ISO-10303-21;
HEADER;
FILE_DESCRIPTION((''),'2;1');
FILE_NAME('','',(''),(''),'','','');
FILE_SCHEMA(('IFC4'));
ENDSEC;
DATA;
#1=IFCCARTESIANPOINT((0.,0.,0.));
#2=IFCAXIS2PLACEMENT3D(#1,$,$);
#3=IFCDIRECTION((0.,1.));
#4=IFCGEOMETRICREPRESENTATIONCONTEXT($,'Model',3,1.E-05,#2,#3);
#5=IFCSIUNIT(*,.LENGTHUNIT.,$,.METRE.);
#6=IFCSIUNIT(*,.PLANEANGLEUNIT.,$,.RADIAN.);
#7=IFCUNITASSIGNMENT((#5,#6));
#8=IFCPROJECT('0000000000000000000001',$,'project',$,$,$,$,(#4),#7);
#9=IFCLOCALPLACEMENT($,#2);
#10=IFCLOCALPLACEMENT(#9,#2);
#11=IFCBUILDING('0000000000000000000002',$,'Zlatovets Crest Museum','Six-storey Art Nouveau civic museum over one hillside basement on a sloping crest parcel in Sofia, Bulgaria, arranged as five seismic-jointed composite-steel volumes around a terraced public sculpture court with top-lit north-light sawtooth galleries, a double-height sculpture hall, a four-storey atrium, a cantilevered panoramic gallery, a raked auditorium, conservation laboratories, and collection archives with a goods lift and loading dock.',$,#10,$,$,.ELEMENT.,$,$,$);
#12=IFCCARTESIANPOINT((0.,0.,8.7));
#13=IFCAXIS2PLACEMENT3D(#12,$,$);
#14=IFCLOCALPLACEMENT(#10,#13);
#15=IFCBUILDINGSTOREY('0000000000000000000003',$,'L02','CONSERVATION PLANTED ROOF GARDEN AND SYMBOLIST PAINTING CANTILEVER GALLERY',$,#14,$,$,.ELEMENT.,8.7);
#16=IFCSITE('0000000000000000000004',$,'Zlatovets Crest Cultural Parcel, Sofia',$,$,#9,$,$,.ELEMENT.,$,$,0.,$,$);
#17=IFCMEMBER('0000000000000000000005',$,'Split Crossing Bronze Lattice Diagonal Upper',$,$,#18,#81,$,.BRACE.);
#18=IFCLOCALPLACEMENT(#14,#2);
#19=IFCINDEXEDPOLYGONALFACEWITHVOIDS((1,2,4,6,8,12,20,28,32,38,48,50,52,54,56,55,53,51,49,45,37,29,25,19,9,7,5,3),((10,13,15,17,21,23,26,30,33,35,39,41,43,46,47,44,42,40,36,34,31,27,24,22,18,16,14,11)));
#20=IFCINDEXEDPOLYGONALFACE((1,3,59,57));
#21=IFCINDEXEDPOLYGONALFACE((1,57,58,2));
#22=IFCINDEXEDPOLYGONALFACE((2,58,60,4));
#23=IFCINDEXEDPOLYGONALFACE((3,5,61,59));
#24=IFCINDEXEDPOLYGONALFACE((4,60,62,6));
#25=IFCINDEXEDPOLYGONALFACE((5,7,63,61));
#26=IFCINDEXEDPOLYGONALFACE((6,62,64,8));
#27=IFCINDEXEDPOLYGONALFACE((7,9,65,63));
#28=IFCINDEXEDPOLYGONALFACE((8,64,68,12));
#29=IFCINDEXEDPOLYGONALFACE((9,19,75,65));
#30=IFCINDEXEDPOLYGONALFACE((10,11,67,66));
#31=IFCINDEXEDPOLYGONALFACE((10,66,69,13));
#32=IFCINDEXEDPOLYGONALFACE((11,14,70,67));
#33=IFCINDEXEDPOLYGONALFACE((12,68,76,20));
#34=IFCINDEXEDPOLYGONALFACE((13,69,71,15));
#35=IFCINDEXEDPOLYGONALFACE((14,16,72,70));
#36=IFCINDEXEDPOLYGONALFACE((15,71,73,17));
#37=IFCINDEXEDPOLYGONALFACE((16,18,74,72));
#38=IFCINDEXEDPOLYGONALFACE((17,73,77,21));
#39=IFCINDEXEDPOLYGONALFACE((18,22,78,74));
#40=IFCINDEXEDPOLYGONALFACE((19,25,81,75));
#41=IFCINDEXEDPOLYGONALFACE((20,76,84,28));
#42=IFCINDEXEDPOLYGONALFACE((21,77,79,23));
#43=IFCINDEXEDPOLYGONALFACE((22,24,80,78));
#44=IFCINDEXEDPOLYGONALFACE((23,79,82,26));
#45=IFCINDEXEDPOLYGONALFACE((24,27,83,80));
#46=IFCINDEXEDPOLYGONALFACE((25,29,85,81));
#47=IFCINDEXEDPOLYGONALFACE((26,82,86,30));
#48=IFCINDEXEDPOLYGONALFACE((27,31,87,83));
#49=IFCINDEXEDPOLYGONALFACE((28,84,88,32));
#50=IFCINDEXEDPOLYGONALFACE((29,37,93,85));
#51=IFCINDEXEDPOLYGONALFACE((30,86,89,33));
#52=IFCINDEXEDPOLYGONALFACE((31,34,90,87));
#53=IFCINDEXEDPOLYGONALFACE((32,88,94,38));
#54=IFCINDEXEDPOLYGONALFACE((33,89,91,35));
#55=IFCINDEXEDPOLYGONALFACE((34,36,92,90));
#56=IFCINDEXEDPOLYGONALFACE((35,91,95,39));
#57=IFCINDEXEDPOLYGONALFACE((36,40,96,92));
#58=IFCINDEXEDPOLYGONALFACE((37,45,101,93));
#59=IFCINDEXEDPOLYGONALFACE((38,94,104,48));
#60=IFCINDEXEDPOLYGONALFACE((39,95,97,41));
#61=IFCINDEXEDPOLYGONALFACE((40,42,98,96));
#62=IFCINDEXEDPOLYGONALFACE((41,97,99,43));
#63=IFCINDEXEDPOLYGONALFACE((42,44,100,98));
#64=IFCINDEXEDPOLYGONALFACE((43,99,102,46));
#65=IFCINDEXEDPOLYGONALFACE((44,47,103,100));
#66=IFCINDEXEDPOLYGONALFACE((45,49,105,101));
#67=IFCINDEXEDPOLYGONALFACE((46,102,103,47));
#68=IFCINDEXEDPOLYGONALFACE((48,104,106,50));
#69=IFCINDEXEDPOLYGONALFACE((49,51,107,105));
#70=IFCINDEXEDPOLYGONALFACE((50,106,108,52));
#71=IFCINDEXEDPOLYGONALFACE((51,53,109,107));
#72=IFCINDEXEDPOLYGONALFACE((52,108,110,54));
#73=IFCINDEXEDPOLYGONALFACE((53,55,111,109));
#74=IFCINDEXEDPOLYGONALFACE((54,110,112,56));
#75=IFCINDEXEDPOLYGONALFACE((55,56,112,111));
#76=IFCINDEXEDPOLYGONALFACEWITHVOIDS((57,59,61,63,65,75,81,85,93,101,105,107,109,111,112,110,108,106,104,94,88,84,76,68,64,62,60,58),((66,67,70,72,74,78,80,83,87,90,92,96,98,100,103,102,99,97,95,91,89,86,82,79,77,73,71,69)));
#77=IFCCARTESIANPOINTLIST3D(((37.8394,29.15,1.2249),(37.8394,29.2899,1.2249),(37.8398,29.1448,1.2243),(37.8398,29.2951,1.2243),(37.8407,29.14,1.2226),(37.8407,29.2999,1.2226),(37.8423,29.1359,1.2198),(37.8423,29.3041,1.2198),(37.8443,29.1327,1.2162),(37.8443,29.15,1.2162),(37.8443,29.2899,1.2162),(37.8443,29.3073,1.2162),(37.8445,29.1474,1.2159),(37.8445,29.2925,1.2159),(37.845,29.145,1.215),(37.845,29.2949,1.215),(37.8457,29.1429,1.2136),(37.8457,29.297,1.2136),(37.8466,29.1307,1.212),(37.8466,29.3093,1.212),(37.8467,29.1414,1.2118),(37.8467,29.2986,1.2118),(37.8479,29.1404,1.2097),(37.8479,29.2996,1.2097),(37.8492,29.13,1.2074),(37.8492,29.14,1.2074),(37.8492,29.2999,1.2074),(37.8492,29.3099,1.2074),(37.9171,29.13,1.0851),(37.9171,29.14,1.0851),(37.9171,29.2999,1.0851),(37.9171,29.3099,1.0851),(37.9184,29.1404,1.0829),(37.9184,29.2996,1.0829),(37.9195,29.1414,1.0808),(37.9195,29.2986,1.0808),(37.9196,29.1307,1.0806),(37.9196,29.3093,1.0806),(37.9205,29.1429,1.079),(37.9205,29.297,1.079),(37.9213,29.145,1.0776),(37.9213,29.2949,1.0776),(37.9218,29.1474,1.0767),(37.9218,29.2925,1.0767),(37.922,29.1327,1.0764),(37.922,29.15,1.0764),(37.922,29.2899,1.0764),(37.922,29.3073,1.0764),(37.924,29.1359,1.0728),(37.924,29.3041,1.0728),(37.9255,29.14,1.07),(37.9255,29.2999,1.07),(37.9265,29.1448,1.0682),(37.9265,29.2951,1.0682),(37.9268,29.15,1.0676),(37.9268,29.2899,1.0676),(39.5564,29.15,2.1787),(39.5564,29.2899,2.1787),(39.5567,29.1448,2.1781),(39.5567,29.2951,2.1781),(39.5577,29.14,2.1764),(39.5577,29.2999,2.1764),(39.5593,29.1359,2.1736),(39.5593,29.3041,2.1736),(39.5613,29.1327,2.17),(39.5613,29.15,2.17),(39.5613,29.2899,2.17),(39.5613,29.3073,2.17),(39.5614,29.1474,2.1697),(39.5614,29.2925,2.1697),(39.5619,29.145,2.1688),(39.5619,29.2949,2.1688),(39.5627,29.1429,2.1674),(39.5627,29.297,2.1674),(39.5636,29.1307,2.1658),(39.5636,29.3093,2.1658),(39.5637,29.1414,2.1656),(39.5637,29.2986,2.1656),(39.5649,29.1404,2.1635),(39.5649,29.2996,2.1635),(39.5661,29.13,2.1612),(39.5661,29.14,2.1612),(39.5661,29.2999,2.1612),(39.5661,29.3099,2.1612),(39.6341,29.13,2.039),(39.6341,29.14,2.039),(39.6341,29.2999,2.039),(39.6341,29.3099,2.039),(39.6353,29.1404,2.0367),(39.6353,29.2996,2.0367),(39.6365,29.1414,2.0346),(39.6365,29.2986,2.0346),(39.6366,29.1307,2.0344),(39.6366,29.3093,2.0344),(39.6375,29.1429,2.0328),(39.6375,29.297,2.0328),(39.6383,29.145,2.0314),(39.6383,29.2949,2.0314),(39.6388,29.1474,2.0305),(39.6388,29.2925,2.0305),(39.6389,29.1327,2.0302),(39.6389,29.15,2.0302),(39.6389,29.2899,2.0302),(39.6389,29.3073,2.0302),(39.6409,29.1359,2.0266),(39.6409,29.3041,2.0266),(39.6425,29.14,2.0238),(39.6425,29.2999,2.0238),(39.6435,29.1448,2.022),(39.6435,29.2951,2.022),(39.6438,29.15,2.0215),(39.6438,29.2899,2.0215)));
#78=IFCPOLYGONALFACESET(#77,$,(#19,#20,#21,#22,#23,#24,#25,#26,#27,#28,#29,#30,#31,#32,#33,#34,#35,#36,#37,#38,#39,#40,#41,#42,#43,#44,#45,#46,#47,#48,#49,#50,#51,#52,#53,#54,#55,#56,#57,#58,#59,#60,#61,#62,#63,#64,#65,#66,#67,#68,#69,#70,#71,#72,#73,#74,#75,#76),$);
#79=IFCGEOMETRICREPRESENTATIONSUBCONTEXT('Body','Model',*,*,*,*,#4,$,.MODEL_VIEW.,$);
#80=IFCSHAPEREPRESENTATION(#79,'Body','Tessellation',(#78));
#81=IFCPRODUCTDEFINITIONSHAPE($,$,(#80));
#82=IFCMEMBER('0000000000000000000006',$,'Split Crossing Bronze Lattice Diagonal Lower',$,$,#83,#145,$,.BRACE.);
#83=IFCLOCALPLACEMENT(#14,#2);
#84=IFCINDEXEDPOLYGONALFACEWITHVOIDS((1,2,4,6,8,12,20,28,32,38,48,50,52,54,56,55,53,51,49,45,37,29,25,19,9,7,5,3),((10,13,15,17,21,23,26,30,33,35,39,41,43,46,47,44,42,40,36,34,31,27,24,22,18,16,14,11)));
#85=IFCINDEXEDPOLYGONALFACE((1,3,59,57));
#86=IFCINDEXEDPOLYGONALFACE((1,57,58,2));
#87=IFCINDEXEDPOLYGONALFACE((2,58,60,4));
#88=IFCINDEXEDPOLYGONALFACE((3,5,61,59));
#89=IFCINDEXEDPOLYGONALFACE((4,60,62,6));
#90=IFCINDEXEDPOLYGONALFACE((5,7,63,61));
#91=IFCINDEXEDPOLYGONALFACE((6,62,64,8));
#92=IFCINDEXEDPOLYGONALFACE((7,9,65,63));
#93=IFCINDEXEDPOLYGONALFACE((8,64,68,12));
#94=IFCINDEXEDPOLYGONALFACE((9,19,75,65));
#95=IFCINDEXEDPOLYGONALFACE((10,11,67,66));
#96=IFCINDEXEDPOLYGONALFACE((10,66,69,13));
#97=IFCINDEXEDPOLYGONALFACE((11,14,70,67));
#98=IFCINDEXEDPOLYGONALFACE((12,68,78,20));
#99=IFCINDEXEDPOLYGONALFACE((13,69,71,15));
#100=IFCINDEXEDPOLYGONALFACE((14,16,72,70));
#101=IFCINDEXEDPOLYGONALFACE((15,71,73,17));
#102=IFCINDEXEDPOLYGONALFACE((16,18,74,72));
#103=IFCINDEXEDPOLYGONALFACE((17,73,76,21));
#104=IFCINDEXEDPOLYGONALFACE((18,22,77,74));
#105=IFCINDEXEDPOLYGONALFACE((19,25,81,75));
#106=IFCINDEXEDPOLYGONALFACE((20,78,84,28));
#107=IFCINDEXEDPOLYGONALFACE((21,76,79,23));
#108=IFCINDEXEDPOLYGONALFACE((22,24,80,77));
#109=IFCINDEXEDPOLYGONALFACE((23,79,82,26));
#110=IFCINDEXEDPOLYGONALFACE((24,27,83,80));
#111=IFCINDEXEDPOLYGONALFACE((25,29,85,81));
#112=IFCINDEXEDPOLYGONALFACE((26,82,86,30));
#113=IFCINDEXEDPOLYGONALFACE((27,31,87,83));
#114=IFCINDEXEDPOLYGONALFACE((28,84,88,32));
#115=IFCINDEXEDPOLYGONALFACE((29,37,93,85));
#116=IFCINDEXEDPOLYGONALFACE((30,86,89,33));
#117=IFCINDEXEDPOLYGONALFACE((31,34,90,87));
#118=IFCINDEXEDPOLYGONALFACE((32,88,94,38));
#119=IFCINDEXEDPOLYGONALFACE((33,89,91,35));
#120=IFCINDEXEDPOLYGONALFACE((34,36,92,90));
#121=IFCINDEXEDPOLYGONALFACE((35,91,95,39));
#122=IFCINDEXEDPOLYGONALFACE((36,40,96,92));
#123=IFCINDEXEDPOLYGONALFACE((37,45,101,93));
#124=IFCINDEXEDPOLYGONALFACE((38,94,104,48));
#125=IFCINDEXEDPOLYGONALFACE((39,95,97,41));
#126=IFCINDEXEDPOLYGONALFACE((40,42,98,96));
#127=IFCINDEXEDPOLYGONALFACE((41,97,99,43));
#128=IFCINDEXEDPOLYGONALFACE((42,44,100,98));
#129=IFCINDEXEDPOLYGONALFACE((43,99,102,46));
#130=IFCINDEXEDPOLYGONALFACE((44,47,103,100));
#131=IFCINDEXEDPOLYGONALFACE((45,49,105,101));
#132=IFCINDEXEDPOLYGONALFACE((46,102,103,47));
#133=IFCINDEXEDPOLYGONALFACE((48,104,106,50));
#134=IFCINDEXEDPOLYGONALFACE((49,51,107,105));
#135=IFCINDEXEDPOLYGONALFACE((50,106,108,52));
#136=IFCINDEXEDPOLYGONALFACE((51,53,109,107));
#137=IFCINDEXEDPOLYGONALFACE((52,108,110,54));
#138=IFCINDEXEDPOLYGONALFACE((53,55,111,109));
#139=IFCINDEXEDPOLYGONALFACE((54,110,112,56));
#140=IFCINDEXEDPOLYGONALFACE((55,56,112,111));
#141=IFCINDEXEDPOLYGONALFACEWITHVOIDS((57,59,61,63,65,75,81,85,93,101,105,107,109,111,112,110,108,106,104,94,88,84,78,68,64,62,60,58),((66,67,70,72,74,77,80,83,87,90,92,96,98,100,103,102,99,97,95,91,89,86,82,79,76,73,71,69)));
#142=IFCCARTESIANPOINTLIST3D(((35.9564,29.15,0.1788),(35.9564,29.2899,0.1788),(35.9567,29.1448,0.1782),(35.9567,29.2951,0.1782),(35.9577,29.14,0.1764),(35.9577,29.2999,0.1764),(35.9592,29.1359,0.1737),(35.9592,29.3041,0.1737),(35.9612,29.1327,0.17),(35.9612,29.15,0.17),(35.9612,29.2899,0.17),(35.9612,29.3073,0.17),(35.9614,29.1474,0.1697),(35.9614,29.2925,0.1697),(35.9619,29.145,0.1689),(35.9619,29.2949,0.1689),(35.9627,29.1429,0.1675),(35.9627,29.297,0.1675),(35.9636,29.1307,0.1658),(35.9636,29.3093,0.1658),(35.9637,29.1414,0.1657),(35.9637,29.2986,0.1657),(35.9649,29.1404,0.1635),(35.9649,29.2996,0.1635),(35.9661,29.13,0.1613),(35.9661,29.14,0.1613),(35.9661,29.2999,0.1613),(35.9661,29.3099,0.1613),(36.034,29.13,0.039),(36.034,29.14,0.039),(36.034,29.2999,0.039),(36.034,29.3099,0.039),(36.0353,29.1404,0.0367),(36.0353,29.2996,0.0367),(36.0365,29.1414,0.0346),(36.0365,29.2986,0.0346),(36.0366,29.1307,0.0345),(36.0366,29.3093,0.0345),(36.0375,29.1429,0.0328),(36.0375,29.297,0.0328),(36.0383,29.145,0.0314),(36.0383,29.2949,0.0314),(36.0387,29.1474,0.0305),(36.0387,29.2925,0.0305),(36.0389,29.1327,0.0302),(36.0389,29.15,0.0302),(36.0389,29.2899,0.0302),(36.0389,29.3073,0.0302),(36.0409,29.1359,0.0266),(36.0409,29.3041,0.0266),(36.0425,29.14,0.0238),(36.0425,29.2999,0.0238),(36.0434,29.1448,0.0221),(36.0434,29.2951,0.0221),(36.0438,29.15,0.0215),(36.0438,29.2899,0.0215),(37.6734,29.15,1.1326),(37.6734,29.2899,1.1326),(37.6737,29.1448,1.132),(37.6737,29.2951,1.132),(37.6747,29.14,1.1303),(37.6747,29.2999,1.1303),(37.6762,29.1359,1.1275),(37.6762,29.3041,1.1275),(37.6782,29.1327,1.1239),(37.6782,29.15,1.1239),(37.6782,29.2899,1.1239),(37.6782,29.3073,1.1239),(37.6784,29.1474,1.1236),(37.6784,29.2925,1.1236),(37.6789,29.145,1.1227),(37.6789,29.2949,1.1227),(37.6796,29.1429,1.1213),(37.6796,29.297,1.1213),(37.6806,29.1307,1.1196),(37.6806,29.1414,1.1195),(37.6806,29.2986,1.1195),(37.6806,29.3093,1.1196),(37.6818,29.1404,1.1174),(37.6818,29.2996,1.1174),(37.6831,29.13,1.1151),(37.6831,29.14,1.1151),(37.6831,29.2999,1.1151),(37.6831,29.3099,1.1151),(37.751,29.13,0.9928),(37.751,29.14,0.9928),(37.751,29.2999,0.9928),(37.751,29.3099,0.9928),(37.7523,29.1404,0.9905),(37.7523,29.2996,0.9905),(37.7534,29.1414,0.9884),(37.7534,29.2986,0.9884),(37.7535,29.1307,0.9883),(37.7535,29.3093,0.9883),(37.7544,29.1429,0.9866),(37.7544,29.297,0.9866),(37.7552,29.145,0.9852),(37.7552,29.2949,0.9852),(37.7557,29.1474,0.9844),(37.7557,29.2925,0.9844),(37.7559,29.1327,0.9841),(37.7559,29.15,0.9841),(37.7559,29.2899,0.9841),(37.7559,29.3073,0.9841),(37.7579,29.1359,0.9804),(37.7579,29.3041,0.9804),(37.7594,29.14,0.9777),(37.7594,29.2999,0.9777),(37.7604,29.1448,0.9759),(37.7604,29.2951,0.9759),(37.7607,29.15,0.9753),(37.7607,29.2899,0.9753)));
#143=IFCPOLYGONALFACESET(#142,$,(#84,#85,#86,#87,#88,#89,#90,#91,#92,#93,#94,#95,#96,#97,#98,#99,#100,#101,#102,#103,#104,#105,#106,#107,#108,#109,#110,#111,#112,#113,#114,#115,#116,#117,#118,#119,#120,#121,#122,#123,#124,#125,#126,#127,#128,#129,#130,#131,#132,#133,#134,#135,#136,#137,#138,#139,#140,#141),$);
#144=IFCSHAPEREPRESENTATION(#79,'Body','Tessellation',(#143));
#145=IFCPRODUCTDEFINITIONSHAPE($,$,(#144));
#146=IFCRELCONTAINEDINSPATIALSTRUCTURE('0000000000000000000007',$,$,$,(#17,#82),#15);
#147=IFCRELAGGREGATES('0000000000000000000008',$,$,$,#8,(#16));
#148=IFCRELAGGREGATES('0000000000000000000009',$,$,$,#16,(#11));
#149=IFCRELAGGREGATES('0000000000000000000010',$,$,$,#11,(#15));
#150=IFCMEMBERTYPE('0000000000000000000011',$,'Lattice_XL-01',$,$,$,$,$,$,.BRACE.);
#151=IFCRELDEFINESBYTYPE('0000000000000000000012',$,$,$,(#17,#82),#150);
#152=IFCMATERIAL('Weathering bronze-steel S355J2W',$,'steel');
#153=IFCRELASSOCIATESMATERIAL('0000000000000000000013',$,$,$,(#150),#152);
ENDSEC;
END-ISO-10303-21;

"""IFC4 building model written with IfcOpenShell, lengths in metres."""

from ifc_helpers import new_model, si_unit, direction, frame, origin, origin_2d, place, context, subcontext, project, spatial, hollow_rectangle, extrude, material, material_profile, profile_set, type_object, element, save


model = new_model("IFC4")

# Units and contexts
model_context = context("Model", 3, precision=1e-05, world=origin(), true_north=direction((0.0, 1.0)))
body_context = subcontext(model_context, "Body", "Model", "MODEL_VIEW")
ifc_project = project(units=[si_unit("LENGTHUNIT", "METRE"), si_unit("PLANEANGLEUNIT", "RADIAN")], contexts=[model_context])

# Site, building, storey
site_placement = place(None, origin())
site = spatial("IfcSite", under=ifc_project, at=site_placement, Name="Zlatovets Crest Cultural Parcel, Sofia", CompositionType="ELEMENT", RefElevation=0.0)
building_placement = place(site_placement, origin())
building = spatial("IfcBuilding", under=site, at=building_placement, Name="Zlatovets Crest Museum", Description="Six-storey Art Nouveau civic museum over one hillside basement on a sloping crest parcel in Sofia, Bulgaria, arranged as five seismic-jointed composite-steel volumes around a terraced public sculpture court with top-lit north-light sawtooth galleries, a double-height sculpture hall, a four-storey atrium, a cantilevered panoramic gallery, a raked auditorium, conservation laboratories, and collection archives with a goods lift and loading dock.", CompositionType="ELEMENT")
storey_placement = place(building_placement, frame((0.0, 0.0, 8.7)))
storey = spatial("IfcBuildingStorey", under=building, at=storey_placement, Name="L02", Description="CONSERVATION PLANTED ROOF GARDEN AND SYMBOLIST PAINTING CANTILEVER GALLERY", CompositionType="ELEMENT", Elevation=8.7)

# Members
ifc_material_1 = material(Name="Weathering bronze-steel S355J2W", Category="steel")
ifc_material_profile_1 = material_profile(ifc_material_1, hollow_rectangle(XDim=0.1799, YDim=0.1799, WallThickness=0.01, InnerFilletRadius=0.01, OuterFilletRadius=0.02, at=origin_2d()), Name="SHS 180x180x10.0")
ifc_profile_set_1 = profile_set([ifc_material_profile_1], Name="Weathering bronze-steel S355J2W")
member_type_1 = type_object("IfcMemberType", Name="Lattice_XL-01", PredefinedType="BRACE", material=ifc_profile_set_1)
for number, where, z_axis, x_axis, name in (
    (1, (39.6001, 29.22, 2.1001), (-0.874169, 0.0, -0.485622), (0.0, -1.0, 0.0), "Split Crossing Bronze Lattice Diagonal Upper"),
    (2, (37.717, 29.22, 1.054), (-0.874169, 0.0, -0.485622), (0.0, -1.0, 0.0), "Split Crossing Bronze Lattice Diagonal Lower"),
):
    element("IfcMember", number, at=place(storey_placement, frame(where, z_axis=z_axis, x_axis=x_axis)), inside=storey, type_object=member_type_1, Name=name, PredefinedType="BRACE", context=body_context, shape_type="SweptSolid", body=[
        extrude(hollow_rectangle(XDim=0.1799, YDim=0.1799, WallThickness=0.01, InnerFilletRadius=0.01, OuterFilletRadius=0.02, at=origin_2d()), origin(), (0.0, 0.0, 1.0), 1.9641),
    ])

save(model, "model.ifc")
